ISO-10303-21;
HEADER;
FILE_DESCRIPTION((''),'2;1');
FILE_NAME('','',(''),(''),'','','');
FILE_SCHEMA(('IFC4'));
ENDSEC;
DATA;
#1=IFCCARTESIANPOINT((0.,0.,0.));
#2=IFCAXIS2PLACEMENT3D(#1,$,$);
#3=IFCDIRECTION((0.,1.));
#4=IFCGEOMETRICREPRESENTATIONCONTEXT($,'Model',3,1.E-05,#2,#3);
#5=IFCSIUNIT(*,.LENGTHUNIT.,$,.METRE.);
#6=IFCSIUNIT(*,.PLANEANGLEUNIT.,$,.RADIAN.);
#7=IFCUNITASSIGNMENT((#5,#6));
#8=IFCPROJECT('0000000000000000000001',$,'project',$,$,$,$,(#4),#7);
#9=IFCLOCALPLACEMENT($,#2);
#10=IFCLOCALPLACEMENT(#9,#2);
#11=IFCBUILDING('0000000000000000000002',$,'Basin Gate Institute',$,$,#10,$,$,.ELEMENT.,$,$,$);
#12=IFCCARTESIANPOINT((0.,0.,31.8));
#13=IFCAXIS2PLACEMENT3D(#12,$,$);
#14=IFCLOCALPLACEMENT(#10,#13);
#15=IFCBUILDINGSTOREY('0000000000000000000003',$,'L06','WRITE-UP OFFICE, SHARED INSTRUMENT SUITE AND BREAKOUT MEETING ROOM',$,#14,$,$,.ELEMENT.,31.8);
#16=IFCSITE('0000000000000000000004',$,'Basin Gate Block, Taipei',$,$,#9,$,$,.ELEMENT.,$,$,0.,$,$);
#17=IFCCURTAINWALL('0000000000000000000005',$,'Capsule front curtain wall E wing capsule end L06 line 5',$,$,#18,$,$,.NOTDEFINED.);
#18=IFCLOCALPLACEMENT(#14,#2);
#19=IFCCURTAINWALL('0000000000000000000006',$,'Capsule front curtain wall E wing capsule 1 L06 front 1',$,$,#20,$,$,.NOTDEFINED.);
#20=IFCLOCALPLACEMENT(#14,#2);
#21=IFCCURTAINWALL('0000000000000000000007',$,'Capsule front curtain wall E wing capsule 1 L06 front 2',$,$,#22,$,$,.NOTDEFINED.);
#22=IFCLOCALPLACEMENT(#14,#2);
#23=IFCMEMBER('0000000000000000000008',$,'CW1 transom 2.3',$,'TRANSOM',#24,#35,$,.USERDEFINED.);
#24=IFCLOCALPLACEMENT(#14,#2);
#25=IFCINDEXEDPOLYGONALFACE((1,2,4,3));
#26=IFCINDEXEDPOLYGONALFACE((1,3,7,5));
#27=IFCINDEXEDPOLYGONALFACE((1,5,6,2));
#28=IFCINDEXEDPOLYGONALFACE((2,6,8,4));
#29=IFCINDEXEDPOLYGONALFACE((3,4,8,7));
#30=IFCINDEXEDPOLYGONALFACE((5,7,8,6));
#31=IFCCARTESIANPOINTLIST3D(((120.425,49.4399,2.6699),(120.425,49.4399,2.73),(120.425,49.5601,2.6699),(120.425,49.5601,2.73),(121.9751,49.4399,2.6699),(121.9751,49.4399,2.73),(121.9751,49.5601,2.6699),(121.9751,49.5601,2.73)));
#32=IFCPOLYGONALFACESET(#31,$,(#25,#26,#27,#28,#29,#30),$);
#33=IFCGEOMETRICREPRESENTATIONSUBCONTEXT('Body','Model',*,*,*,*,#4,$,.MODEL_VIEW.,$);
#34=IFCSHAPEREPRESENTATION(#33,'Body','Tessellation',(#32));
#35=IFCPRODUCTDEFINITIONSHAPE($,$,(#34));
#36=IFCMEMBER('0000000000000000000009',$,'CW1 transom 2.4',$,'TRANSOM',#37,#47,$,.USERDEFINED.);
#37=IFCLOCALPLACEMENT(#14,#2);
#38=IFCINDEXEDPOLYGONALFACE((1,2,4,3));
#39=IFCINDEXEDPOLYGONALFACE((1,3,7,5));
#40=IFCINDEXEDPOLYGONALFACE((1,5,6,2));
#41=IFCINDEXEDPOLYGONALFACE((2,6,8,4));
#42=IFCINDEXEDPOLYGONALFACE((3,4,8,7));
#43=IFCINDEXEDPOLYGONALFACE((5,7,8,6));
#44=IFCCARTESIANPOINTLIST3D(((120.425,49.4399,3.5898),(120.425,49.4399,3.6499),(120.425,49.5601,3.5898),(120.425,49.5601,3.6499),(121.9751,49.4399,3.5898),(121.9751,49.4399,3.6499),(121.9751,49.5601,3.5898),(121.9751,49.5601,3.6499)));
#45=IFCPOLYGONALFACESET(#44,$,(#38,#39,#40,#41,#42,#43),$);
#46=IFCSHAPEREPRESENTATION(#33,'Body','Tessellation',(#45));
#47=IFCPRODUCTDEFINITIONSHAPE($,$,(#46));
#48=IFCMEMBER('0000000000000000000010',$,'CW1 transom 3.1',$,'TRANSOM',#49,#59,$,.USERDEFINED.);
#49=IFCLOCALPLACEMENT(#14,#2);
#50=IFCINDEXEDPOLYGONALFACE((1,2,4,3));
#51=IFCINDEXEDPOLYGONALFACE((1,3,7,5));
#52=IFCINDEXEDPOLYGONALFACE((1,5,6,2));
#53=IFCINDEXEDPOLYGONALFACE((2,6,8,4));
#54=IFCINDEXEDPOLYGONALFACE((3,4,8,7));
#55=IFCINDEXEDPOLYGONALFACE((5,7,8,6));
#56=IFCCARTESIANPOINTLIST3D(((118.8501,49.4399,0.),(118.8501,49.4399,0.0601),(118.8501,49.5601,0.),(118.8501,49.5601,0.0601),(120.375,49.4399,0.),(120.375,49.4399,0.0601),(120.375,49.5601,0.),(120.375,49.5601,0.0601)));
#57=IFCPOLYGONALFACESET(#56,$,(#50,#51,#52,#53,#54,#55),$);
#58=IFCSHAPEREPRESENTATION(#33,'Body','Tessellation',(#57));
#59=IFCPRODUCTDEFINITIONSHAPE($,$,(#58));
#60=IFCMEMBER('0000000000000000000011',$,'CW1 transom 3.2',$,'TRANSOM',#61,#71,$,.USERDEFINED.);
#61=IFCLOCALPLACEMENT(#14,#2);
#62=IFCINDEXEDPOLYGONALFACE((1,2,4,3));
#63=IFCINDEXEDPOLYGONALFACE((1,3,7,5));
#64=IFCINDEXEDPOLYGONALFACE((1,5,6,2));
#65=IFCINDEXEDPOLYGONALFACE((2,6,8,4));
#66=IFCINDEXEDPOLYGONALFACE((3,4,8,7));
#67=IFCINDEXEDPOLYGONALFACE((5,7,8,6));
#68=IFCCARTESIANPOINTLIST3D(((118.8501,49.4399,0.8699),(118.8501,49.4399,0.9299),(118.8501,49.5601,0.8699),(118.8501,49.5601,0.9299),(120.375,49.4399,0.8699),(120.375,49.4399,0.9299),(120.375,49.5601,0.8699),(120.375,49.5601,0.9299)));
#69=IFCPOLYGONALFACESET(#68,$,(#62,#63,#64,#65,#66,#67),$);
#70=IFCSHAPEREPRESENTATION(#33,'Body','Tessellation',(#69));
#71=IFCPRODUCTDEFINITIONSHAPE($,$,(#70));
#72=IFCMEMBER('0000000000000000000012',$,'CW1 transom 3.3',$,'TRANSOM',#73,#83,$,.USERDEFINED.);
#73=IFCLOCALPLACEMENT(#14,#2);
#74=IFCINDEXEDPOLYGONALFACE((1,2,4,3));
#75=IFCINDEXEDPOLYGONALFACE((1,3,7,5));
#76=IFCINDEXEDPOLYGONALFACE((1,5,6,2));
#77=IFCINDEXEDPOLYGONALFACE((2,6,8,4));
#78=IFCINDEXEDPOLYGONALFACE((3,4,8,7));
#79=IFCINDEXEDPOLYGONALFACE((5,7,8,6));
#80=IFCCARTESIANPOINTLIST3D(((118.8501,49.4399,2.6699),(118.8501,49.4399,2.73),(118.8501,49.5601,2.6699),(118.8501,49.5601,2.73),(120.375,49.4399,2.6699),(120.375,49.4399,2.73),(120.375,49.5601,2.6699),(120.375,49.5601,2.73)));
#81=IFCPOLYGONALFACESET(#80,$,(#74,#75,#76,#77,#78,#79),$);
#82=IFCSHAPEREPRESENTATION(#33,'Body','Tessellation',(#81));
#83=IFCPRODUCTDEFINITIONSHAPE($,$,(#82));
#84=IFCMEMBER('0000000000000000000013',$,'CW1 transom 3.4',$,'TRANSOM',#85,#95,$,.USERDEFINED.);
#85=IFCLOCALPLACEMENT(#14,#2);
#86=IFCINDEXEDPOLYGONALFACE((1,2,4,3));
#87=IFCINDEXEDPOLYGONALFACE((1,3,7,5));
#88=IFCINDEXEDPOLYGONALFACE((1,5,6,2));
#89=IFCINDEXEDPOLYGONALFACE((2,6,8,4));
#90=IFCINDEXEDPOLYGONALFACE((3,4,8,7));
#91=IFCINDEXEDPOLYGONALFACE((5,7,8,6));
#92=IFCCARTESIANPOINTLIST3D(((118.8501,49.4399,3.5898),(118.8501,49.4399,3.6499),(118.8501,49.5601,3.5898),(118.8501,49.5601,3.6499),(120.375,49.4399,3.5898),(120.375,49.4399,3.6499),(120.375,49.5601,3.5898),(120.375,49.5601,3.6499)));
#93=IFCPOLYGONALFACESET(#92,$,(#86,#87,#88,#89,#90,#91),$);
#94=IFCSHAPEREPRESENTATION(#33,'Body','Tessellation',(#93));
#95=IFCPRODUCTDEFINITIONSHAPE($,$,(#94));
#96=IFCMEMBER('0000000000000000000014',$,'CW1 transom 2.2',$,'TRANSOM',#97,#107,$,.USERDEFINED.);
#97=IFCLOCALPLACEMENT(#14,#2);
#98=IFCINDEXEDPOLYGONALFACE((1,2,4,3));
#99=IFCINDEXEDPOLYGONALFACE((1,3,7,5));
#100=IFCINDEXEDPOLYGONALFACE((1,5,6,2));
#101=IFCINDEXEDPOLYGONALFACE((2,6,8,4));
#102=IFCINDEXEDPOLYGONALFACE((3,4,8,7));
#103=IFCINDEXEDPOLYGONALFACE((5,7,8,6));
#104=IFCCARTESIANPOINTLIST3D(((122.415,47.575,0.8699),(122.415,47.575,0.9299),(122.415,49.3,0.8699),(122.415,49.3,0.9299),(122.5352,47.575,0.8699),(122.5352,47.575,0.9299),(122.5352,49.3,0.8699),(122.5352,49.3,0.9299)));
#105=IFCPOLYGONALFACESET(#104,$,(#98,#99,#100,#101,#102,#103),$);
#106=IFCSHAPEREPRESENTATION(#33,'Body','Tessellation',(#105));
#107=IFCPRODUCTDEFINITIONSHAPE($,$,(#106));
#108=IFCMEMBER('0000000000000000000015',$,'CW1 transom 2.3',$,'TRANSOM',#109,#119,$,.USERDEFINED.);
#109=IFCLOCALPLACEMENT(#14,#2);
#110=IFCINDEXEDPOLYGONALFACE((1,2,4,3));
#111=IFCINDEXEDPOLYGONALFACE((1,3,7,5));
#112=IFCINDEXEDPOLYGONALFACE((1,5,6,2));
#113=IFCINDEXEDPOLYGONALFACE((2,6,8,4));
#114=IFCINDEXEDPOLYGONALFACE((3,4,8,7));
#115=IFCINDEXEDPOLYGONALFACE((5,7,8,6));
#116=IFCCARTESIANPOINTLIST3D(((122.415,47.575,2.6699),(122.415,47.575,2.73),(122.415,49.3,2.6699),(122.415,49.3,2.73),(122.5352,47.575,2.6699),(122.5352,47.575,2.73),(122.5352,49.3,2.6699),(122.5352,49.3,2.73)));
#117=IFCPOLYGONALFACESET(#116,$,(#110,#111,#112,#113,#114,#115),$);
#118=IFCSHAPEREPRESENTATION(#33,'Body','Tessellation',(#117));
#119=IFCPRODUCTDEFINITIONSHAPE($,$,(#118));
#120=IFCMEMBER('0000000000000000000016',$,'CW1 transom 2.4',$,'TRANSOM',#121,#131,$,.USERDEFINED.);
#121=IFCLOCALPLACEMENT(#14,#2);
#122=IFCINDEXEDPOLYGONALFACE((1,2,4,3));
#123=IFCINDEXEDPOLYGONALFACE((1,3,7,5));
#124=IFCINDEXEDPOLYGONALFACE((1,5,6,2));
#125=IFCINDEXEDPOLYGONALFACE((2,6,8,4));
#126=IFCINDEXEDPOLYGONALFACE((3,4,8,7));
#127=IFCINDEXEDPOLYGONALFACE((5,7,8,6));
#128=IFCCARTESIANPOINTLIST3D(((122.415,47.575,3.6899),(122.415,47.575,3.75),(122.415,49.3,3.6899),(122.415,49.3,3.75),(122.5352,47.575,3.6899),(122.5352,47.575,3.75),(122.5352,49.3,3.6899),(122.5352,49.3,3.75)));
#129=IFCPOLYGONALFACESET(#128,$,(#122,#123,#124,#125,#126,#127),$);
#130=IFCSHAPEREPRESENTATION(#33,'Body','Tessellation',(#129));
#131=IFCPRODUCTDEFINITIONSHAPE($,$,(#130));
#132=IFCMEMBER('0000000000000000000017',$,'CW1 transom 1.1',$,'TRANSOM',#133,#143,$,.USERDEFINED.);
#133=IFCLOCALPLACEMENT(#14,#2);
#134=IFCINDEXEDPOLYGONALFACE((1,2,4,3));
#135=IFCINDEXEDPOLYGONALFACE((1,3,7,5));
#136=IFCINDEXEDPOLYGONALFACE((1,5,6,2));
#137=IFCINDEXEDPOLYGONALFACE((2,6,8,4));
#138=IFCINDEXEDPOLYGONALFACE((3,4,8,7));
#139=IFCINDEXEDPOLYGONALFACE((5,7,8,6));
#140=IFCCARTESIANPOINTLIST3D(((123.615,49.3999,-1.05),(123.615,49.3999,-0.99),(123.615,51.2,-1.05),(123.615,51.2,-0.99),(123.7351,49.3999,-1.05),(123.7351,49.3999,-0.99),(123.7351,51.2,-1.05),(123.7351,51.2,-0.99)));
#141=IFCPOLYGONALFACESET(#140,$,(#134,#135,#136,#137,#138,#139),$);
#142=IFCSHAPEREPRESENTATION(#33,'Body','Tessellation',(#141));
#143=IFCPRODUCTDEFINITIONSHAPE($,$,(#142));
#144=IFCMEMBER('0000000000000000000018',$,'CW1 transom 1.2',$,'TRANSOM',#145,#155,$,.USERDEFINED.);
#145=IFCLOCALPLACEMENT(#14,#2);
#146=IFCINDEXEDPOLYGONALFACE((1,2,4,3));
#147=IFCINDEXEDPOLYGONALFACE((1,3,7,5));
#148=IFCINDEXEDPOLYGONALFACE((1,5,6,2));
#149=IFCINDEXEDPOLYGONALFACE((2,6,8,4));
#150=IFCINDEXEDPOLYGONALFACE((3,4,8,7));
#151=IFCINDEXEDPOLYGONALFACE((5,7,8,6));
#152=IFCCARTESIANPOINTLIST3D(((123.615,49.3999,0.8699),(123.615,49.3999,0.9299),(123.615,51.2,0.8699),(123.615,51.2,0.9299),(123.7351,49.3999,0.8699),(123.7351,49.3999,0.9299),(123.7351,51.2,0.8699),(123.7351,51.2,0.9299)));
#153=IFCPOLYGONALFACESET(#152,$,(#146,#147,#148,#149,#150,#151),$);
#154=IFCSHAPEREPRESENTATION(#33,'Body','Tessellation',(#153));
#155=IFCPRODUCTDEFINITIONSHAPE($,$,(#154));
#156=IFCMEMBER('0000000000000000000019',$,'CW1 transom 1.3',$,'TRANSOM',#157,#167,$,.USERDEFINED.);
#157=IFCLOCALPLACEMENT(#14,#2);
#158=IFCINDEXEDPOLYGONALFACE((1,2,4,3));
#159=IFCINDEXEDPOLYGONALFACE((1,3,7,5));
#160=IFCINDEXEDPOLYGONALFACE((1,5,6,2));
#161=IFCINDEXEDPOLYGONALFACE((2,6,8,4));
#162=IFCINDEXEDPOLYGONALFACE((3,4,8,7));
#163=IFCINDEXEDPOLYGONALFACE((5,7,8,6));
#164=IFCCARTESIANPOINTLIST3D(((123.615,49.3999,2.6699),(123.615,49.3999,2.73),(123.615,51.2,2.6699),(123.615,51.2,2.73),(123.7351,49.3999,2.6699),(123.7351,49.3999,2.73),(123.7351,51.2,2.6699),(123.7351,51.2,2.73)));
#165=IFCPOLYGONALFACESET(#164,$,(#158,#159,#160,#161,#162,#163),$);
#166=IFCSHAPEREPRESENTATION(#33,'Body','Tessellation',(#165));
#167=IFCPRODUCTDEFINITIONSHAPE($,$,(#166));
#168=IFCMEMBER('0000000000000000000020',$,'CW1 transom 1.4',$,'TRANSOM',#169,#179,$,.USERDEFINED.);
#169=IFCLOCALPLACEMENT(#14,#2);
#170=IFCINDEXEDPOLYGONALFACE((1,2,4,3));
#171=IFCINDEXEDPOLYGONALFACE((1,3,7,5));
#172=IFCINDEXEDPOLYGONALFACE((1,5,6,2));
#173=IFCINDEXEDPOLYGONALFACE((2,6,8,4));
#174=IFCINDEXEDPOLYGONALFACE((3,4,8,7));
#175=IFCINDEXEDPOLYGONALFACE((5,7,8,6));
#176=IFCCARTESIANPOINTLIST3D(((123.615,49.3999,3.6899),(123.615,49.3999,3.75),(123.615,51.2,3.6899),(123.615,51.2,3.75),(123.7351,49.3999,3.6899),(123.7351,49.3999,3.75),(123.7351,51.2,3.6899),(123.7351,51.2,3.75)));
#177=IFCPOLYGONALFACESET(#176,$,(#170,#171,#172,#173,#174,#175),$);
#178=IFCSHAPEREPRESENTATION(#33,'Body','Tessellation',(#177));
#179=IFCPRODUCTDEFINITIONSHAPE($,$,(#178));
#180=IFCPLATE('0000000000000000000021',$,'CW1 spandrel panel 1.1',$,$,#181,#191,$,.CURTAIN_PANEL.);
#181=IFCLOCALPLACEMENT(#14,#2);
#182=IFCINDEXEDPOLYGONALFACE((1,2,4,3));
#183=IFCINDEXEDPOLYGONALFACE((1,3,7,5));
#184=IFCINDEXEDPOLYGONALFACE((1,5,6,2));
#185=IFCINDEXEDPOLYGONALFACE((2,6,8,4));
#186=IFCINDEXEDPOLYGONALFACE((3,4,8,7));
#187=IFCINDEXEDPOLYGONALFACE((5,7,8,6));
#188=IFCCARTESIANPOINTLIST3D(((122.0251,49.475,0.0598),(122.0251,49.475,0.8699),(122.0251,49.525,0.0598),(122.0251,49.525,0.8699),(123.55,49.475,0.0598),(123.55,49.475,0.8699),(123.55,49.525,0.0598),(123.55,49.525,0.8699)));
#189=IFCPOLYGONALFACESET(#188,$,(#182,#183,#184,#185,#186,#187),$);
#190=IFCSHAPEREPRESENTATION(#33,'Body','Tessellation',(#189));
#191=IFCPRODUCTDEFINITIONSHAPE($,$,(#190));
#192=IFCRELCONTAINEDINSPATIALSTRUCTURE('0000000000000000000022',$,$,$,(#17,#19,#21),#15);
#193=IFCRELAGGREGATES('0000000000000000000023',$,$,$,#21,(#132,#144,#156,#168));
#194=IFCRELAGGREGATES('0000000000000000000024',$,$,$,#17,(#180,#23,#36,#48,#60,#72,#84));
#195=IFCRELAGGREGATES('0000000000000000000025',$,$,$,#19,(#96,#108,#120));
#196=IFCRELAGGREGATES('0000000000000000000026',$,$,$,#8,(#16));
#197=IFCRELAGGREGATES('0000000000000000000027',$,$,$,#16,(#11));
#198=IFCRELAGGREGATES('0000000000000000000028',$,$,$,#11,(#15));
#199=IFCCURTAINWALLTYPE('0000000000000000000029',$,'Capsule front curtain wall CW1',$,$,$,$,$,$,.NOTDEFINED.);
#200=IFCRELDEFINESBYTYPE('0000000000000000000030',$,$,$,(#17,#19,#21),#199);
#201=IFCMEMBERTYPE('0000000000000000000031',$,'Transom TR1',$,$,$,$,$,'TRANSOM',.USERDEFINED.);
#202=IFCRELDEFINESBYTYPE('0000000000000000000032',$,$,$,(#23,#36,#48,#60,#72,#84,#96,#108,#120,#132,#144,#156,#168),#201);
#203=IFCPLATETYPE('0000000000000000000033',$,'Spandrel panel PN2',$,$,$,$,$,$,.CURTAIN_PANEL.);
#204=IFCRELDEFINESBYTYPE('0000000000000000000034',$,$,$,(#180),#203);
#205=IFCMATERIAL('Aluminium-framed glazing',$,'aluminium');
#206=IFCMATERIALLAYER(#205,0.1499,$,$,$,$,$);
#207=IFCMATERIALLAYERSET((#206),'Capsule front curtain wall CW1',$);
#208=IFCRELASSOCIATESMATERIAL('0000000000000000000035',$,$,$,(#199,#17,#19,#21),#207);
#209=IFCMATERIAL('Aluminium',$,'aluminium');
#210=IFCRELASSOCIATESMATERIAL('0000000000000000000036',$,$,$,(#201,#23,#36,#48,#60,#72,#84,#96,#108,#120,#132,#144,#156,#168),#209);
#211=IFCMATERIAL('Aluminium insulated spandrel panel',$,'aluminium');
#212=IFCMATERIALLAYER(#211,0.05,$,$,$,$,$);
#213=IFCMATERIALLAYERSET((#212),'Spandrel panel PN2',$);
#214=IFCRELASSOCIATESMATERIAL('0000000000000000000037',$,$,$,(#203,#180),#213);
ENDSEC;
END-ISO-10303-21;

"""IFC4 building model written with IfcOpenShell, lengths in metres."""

from ifc_helpers import new_model, si_unit, direction, frame, origin, origin_2d, place, context, subcontext, project, spatial, rectangle, extrude, material, layer, layer_set, material_profile, profile_set, type_object, element, aggregate, save


model = new_model("IFC4")

# Units and contexts
model_context = context("Model", 3, precision=1e-05, world=origin(), true_north=direction((0.0, 1.0)))
body_context = subcontext(model_context, "Body", "Model", "MODEL_VIEW")
ifc_project = project(units=[si_unit("LENGTHUNIT", "METRE"), si_unit("PLANEANGLEUNIT", "RADIAN")], contexts=[model_context])

# Site, building, storey
site_placement = place(None, origin())
site = spatial("IfcSite", under=ifc_project, at=site_placement, Name="Basin Gate Block, Taipei", CompositionType="ELEMENT", RefElevation=0.0)
building_placement = place(site_placement, origin())
building = spatial("IfcBuilding", under=site, at=building_placement, Name="Basin Gate Institute", CompositionType="ELEMENT")
storey_placement = place(building_placement, frame((0.0, 0.0, 31.8)))
storey = spatial("IfcBuildingStorey", under=building, at=storey_placement, Name="L06", Description="WRITE-UP OFFICE, SHARED INSTRUMENT SUITE AND BREAKOUT MEETING ROOM", CompositionType="ELEMENT", Elevation=31.8)

# Curtain wall
ifc_material_1 = material(Name="Aluminium-framed glazing", Category="aluminium")
ifc_layer_1 = layer(ifc_material_1, 0.1499)
ifc_layer_set_1 = layer_set([ifc_layer_1], Name="Capsule front curtain wall CW1")
curtain_wall_type = type_object("IfcCurtainWallType", Name="Capsule front curtain wall CW1", PredefinedType="NOTDEFINED", material=ifc_layer_set_1)
curtain_wall_1_placement = place(storey_placement, origin())
curtain_wall_1 = element("IfcCurtainWall", 1, at=curtain_wall_1_placement, inside=storey, type_object=curtain_wall_type, material=ifc_layer_set_1, Name="Capsule front curtain wall E wing capsule end L06 line 5", PredefinedType="NOTDEFINED")

# Curtain walls
curtain_wall_2_placement = place(storey_placement, origin())
curtain_wall_2 = element("IfcCurtainWall", 2, at=curtain_wall_2_placement, inside=storey, type_object=curtain_wall_type, material=ifc_layer_set_1, Name="Capsule front curtain wall E wing capsule 1 L06 front 1", PredefinedType="NOTDEFINED")
curtain_wall_3_placement = place(storey_placement, origin())
curtain_wall_3 = element("IfcCurtainWall", 3, at=curtain_wall_3_placement, inside=storey, type_object=curtain_wall_type, material=ifc_layer_set_1, Name="Capsule front curtain wall E wing capsule 1 L06 front 2", PredefinedType="NOTDEFINED")

# Members
ifc_material_2 = material(Name="Aluminium", Category="aluminium")
ifc_material_profile_1 = material_profile(ifc_material_2, rectangle(XDim=0.1201, YDim=0.0601, at=origin_2d()), Name="Transom TR1 120 x 60")
ifc_profile_set_1 = profile_set([ifc_material_profile_1], Name="Aluminium")
member_type_1 = type_object("IfcMemberType", Name="Transom TR1", ElementType="TRANSOM", PredefinedType="USERDEFINED", material=ifc_profile_set_1)
member_1_placement = place(storey_placement, frame((121.9751, 49.5, 2.7), z_axis=(-1.0, 0.0, 0.0), x_axis=(0.0, -1.0, 0.0)))
member_1 = element("IfcMember", 4, at=member_1_placement, type_object=member_type_1, material=ifc_profile_set_1, Name="CW1 transom 2.3", ObjectType="TRANSOM", PredefinedType="USERDEFINED", context=body_context, shape_type="SweptSolid", body=[
    extrude(rectangle(XDim=0.1201, YDim=0.0601, at=origin_2d()), origin(), (0.0, 0.0, 1.0), 1.55),
])
member_2_placement = place(storey_placement, frame((121.9751, 49.5, 3.6199), z_axis=(-1.0, 0.0, 0.0), x_axis=(0.0, -1.0, 0.0)))
member_2 = element("IfcMember", 5, at=member_2_placement, type_object=member_type_1, material=ifc_profile_set_1, Name="CW1 transom 2.4", ObjectType="TRANSOM", PredefinedType="USERDEFINED", context=body_context, shape_type="SweptSolid", body=[
    extrude(rectangle(XDim=0.1201, YDim=0.0601, at=origin_2d()), origin(), (0.0, 0.0, 1.0), 1.55),
])
member_3_placement = place(storey_placement, frame((120.375, 49.5, 0.03), z_axis=(-1.0, 0.0, 0.0), x_axis=(0.0, -1.0, 0.0)))
member_3 = element("IfcMember", 6, at=member_3_placement, type_object=member_type_1, material=ifc_profile_set_1, Name="CW1 transom 3.1", ObjectType="TRANSOM", PredefinedType="USERDEFINED", context=body_context, shape_type="SweptSolid", body=[
    extrude(rectangle(XDim=0.1201, YDim=0.0601, at=origin_2d()), origin(), (0.0, 0.0, 1.0), 1.5249),
])
member_4_placement = place(storey_placement, frame((120.375, 49.5, 0.8999), z_axis=(-1.0, 0.0, 0.0), x_axis=(0.0, -1.0, 0.0)))
member_4 = element("IfcMember", 7, at=member_4_placement, type_object=member_type_1, material=ifc_profile_set_1, Name="CW1 transom 3.2", ObjectType="TRANSOM", PredefinedType="USERDEFINED", context=body_context, shape_type="SweptSolid", body=[
    extrude(rectangle(XDim=0.1201, YDim=0.0601, at=origin_2d()), origin(), (0.0, 0.0, 1.0), 1.5249),
])
member_5_placement = place(storey_placement, frame((120.375, 49.5, 2.7), z_axis=(-1.0, 0.0, 0.0), x_axis=(0.0, -1.0, 0.0)))
member_5 = element("IfcMember", 8, at=member_5_placement, type_object=member_type_1, material=ifc_profile_set_1, Name="CW1 transom 3.3", ObjectType="TRANSOM", PredefinedType="USERDEFINED", context=body_context, shape_type="SweptSolid", body=[
    extrude(rectangle(XDim=0.1201, YDim=0.0601, at=origin_2d()), origin(), (0.0, 0.0, 1.0), 1.5249),
])
member_6_placement = place(storey_placement, frame((120.375, 49.5, 3.6199), z_axis=(-1.0, 0.0, 0.0), x_axis=(0.0, -1.0, 0.0)))
member_6 = element("IfcMember", 9, at=member_6_placement, type_object=member_type_1, material=ifc_profile_set_1, Name="CW1 transom 3.4", ObjectType="TRANSOM", PredefinedType="USERDEFINED", context=body_context, shape_type="SweptSolid", body=[
    extrude(rectangle(XDim=0.1201, YDim=0.0601, at=origin_2d()), origin(), (0.0, 0.0, 1.0), 1.5249),
])
member_7_placement = place(storey_placement, frame((122.4751, 47.575, 0.8999), z_axis=(0.0, 1.0, 0.0), x_axis=(-1.0, 0.0, 0.0)))
member_7 = element("IfcMember", 10, at=member_7_placement, type_object=member_type_1, material=ifc_profile_set_1, Name="CW1 transom 2.2", ObjectType="TRANSOM", PredefinedType="USERDEFINED", context=body_context, shape_type="SweptSolid", body=[
    extrude(rectangle(XDim=0.1201, YDim=0.0601, at=origin_2d()), origin(), (0.0, 0.0, 1.0), 1.7251),
])
member_8_placement = place(storey_placement, frame((122.4751, 47.575, 2.7), z_axis=(0.0, 1.0, 0.0), x_axis=(-1.0, 0.0, 0.0)))
member_8 = element("IfcMember", 11, at=member_8_placement, type_object=member_type_1, material=ifc_profile_set_1, Name="CW1 transom 2.3", ObjectType="TRANSOM", PredefinedType="USERDEFINED", context=body_context, shape_type="SweptSolid", body=[
    extrude(rectangle(XDim=0.1201, YDim=0.0601, at=origin_2d()), origin(), (0.0, 0.0, 1.0), 1.7251),
])
member_9_placement = place(storey_placement, frame((122.4751, 47.575, 3.72), z_axis=(0.0, 1.0, 0.0), x_axis=(-1.0, 0.0, 0.0)))
member_9 = element("IfcMember", 12, at=member_9_placement, type_object=member_type_1, material=ifc_profile_set_1, Name="CW1 transom 2.4", ObjectType="TRANSOM", PredefinedType="USERDEFINED", context=body_context, shape_type="SweptSolid", body=[
    extrude(rectangle(XDim=0.1201, YDim=0.0601, at=origin_2d()), origin(), (0.0, 0.0, 1.0), 1.7251),
])
member_10_placement = place(storey_placement, frame((123.675, 49.3999, -1.02), z_axis=(0.0, 1.0, 0.0), x_axis=(-1.0, 0.0, 0.0)))
member_10 = element("IfcMember", 13, at=member_10_placement, type_object=member_type_1, material=ifc_profile_set_1, Name="CW1 transom 1.1", ObjectType="TRANSOM", PredefinedType="USERDEFINED", context=body_context, shape_type="SweptSolid", body=[
    extrude(rectangle(XDim=0.1201, YDim=0.0601, at=origin_2d()), origin(), (0.0, 0.0, 1.0), 1.8),
])
member_11_placement = place(storey_placement, frame((123.675, 49.3999, 0.8999), z_axis=(0.0, 1.0, 0.0), x_axis=(-1.0, 0.0, 0.0)))
member_11 = element("IfcMember", 14, at=member_11_placement, type_object=member_type_1, material=ifc_profile_set_1, Name="CW1 transom 1.2", ObjectType="TRANSOM", PredefinedType="USERDEFINED", context=body_context, shape_type="SweptSolid", body=[
    extrude(rectangle(XDim=0.1201, YDim=0.0601, at=origin_2d()), origin(), (0.0, 0.0, 1.0), 1.8),
])
member_12_placement = place(storey_placement, frame((123.675, 49.3999, 2.7), z_axis=(0.0, 1.0, 0.0), x_axis=(-1.0, 0.0, 0.0)))
member_12 = element("IfcMember", 15, at=member_12_placement, type_object=member_type_1, material=ifc_profile_set_1, Name="CW1 transom 1.3", ObjectType="TRANSOM", PredefinedType="USERDEFINED", context=body_context, shape_type="SweptSolid", body=[
    extrude(rectangle(XDim=0.1201, YDim=0.0601, at=origin_2d()), origin(), (0.0, 0.0, 1.0), 1.8),
])
member_13_placement = place(storey_placement, frame((123.675, 49.3999, 3.72), z_axis=(0.0, 1.0, 0.0), x_axis=(-1.0, 0.0, 0.0)))
member_13 = element("IfcMember", 16, at=member_13_placement, type_object=member_type_1, material=ifc_profile_set_1, Name="CW1 transom 1.4", ObjectType="TRANSOM", PredefinedType="USERDEFINED", context=body_context, shape_type="SweptSolid", body=[
    extrude(rectangle(XDim=0.1201, YDim=0.0601, at=origin_2d()), origin(), (0.0, 0.0, 1.0), 1.8),
])
aggregate(curtain_wall_3, [member_10, member_11, member_12, member_13])

# Plate
ifc_material_3 = material(Name="Aluminium insulated spandrel panel", Category="aluminium")
ifc_layer_2 = layer(ifc_material_3, 0.05)
ifc_layer_set_2 = layer_set([ifc_layer_2], Name="Spandrel panel PN2")
plate_type_1 = type_object("IfcPlateType", Name="Spandrel panel PN2", PredefinedType="CURTAIN_PANEL", material=ifc_layer_set_2)
plate_1_placement = place(storey_placement, frame((122.7876, 49.5, 0.0598), z_axis=(0.0, 0.0, 1.0), x_axis=(-1.0, 0.0, 0.0)))
plate_1 = element("IfcPlate", 17, at=plate_1_placement, type_object=plate_type_1, material=ifc_layer_set_2, Name="CW1 spandrel panel 1.1", PredefinedType="CURTAIN_PANEL", context=body_context, shape_type="SweptSolid", body=[
    extrude(rectangle(XDim=1.5249, YDim=0.05, at=origin_2d()), origin(), (0.0, 0.0, 1.0), 0.8101),
])
aggregate(curtain_wall_1, [plate_1, member_1, member_2, member_3, member_4, member_5, member_6])
aggregate(curtain_wall_2, [member_7, member_8, member_9])

save(model, "model.ifc")
